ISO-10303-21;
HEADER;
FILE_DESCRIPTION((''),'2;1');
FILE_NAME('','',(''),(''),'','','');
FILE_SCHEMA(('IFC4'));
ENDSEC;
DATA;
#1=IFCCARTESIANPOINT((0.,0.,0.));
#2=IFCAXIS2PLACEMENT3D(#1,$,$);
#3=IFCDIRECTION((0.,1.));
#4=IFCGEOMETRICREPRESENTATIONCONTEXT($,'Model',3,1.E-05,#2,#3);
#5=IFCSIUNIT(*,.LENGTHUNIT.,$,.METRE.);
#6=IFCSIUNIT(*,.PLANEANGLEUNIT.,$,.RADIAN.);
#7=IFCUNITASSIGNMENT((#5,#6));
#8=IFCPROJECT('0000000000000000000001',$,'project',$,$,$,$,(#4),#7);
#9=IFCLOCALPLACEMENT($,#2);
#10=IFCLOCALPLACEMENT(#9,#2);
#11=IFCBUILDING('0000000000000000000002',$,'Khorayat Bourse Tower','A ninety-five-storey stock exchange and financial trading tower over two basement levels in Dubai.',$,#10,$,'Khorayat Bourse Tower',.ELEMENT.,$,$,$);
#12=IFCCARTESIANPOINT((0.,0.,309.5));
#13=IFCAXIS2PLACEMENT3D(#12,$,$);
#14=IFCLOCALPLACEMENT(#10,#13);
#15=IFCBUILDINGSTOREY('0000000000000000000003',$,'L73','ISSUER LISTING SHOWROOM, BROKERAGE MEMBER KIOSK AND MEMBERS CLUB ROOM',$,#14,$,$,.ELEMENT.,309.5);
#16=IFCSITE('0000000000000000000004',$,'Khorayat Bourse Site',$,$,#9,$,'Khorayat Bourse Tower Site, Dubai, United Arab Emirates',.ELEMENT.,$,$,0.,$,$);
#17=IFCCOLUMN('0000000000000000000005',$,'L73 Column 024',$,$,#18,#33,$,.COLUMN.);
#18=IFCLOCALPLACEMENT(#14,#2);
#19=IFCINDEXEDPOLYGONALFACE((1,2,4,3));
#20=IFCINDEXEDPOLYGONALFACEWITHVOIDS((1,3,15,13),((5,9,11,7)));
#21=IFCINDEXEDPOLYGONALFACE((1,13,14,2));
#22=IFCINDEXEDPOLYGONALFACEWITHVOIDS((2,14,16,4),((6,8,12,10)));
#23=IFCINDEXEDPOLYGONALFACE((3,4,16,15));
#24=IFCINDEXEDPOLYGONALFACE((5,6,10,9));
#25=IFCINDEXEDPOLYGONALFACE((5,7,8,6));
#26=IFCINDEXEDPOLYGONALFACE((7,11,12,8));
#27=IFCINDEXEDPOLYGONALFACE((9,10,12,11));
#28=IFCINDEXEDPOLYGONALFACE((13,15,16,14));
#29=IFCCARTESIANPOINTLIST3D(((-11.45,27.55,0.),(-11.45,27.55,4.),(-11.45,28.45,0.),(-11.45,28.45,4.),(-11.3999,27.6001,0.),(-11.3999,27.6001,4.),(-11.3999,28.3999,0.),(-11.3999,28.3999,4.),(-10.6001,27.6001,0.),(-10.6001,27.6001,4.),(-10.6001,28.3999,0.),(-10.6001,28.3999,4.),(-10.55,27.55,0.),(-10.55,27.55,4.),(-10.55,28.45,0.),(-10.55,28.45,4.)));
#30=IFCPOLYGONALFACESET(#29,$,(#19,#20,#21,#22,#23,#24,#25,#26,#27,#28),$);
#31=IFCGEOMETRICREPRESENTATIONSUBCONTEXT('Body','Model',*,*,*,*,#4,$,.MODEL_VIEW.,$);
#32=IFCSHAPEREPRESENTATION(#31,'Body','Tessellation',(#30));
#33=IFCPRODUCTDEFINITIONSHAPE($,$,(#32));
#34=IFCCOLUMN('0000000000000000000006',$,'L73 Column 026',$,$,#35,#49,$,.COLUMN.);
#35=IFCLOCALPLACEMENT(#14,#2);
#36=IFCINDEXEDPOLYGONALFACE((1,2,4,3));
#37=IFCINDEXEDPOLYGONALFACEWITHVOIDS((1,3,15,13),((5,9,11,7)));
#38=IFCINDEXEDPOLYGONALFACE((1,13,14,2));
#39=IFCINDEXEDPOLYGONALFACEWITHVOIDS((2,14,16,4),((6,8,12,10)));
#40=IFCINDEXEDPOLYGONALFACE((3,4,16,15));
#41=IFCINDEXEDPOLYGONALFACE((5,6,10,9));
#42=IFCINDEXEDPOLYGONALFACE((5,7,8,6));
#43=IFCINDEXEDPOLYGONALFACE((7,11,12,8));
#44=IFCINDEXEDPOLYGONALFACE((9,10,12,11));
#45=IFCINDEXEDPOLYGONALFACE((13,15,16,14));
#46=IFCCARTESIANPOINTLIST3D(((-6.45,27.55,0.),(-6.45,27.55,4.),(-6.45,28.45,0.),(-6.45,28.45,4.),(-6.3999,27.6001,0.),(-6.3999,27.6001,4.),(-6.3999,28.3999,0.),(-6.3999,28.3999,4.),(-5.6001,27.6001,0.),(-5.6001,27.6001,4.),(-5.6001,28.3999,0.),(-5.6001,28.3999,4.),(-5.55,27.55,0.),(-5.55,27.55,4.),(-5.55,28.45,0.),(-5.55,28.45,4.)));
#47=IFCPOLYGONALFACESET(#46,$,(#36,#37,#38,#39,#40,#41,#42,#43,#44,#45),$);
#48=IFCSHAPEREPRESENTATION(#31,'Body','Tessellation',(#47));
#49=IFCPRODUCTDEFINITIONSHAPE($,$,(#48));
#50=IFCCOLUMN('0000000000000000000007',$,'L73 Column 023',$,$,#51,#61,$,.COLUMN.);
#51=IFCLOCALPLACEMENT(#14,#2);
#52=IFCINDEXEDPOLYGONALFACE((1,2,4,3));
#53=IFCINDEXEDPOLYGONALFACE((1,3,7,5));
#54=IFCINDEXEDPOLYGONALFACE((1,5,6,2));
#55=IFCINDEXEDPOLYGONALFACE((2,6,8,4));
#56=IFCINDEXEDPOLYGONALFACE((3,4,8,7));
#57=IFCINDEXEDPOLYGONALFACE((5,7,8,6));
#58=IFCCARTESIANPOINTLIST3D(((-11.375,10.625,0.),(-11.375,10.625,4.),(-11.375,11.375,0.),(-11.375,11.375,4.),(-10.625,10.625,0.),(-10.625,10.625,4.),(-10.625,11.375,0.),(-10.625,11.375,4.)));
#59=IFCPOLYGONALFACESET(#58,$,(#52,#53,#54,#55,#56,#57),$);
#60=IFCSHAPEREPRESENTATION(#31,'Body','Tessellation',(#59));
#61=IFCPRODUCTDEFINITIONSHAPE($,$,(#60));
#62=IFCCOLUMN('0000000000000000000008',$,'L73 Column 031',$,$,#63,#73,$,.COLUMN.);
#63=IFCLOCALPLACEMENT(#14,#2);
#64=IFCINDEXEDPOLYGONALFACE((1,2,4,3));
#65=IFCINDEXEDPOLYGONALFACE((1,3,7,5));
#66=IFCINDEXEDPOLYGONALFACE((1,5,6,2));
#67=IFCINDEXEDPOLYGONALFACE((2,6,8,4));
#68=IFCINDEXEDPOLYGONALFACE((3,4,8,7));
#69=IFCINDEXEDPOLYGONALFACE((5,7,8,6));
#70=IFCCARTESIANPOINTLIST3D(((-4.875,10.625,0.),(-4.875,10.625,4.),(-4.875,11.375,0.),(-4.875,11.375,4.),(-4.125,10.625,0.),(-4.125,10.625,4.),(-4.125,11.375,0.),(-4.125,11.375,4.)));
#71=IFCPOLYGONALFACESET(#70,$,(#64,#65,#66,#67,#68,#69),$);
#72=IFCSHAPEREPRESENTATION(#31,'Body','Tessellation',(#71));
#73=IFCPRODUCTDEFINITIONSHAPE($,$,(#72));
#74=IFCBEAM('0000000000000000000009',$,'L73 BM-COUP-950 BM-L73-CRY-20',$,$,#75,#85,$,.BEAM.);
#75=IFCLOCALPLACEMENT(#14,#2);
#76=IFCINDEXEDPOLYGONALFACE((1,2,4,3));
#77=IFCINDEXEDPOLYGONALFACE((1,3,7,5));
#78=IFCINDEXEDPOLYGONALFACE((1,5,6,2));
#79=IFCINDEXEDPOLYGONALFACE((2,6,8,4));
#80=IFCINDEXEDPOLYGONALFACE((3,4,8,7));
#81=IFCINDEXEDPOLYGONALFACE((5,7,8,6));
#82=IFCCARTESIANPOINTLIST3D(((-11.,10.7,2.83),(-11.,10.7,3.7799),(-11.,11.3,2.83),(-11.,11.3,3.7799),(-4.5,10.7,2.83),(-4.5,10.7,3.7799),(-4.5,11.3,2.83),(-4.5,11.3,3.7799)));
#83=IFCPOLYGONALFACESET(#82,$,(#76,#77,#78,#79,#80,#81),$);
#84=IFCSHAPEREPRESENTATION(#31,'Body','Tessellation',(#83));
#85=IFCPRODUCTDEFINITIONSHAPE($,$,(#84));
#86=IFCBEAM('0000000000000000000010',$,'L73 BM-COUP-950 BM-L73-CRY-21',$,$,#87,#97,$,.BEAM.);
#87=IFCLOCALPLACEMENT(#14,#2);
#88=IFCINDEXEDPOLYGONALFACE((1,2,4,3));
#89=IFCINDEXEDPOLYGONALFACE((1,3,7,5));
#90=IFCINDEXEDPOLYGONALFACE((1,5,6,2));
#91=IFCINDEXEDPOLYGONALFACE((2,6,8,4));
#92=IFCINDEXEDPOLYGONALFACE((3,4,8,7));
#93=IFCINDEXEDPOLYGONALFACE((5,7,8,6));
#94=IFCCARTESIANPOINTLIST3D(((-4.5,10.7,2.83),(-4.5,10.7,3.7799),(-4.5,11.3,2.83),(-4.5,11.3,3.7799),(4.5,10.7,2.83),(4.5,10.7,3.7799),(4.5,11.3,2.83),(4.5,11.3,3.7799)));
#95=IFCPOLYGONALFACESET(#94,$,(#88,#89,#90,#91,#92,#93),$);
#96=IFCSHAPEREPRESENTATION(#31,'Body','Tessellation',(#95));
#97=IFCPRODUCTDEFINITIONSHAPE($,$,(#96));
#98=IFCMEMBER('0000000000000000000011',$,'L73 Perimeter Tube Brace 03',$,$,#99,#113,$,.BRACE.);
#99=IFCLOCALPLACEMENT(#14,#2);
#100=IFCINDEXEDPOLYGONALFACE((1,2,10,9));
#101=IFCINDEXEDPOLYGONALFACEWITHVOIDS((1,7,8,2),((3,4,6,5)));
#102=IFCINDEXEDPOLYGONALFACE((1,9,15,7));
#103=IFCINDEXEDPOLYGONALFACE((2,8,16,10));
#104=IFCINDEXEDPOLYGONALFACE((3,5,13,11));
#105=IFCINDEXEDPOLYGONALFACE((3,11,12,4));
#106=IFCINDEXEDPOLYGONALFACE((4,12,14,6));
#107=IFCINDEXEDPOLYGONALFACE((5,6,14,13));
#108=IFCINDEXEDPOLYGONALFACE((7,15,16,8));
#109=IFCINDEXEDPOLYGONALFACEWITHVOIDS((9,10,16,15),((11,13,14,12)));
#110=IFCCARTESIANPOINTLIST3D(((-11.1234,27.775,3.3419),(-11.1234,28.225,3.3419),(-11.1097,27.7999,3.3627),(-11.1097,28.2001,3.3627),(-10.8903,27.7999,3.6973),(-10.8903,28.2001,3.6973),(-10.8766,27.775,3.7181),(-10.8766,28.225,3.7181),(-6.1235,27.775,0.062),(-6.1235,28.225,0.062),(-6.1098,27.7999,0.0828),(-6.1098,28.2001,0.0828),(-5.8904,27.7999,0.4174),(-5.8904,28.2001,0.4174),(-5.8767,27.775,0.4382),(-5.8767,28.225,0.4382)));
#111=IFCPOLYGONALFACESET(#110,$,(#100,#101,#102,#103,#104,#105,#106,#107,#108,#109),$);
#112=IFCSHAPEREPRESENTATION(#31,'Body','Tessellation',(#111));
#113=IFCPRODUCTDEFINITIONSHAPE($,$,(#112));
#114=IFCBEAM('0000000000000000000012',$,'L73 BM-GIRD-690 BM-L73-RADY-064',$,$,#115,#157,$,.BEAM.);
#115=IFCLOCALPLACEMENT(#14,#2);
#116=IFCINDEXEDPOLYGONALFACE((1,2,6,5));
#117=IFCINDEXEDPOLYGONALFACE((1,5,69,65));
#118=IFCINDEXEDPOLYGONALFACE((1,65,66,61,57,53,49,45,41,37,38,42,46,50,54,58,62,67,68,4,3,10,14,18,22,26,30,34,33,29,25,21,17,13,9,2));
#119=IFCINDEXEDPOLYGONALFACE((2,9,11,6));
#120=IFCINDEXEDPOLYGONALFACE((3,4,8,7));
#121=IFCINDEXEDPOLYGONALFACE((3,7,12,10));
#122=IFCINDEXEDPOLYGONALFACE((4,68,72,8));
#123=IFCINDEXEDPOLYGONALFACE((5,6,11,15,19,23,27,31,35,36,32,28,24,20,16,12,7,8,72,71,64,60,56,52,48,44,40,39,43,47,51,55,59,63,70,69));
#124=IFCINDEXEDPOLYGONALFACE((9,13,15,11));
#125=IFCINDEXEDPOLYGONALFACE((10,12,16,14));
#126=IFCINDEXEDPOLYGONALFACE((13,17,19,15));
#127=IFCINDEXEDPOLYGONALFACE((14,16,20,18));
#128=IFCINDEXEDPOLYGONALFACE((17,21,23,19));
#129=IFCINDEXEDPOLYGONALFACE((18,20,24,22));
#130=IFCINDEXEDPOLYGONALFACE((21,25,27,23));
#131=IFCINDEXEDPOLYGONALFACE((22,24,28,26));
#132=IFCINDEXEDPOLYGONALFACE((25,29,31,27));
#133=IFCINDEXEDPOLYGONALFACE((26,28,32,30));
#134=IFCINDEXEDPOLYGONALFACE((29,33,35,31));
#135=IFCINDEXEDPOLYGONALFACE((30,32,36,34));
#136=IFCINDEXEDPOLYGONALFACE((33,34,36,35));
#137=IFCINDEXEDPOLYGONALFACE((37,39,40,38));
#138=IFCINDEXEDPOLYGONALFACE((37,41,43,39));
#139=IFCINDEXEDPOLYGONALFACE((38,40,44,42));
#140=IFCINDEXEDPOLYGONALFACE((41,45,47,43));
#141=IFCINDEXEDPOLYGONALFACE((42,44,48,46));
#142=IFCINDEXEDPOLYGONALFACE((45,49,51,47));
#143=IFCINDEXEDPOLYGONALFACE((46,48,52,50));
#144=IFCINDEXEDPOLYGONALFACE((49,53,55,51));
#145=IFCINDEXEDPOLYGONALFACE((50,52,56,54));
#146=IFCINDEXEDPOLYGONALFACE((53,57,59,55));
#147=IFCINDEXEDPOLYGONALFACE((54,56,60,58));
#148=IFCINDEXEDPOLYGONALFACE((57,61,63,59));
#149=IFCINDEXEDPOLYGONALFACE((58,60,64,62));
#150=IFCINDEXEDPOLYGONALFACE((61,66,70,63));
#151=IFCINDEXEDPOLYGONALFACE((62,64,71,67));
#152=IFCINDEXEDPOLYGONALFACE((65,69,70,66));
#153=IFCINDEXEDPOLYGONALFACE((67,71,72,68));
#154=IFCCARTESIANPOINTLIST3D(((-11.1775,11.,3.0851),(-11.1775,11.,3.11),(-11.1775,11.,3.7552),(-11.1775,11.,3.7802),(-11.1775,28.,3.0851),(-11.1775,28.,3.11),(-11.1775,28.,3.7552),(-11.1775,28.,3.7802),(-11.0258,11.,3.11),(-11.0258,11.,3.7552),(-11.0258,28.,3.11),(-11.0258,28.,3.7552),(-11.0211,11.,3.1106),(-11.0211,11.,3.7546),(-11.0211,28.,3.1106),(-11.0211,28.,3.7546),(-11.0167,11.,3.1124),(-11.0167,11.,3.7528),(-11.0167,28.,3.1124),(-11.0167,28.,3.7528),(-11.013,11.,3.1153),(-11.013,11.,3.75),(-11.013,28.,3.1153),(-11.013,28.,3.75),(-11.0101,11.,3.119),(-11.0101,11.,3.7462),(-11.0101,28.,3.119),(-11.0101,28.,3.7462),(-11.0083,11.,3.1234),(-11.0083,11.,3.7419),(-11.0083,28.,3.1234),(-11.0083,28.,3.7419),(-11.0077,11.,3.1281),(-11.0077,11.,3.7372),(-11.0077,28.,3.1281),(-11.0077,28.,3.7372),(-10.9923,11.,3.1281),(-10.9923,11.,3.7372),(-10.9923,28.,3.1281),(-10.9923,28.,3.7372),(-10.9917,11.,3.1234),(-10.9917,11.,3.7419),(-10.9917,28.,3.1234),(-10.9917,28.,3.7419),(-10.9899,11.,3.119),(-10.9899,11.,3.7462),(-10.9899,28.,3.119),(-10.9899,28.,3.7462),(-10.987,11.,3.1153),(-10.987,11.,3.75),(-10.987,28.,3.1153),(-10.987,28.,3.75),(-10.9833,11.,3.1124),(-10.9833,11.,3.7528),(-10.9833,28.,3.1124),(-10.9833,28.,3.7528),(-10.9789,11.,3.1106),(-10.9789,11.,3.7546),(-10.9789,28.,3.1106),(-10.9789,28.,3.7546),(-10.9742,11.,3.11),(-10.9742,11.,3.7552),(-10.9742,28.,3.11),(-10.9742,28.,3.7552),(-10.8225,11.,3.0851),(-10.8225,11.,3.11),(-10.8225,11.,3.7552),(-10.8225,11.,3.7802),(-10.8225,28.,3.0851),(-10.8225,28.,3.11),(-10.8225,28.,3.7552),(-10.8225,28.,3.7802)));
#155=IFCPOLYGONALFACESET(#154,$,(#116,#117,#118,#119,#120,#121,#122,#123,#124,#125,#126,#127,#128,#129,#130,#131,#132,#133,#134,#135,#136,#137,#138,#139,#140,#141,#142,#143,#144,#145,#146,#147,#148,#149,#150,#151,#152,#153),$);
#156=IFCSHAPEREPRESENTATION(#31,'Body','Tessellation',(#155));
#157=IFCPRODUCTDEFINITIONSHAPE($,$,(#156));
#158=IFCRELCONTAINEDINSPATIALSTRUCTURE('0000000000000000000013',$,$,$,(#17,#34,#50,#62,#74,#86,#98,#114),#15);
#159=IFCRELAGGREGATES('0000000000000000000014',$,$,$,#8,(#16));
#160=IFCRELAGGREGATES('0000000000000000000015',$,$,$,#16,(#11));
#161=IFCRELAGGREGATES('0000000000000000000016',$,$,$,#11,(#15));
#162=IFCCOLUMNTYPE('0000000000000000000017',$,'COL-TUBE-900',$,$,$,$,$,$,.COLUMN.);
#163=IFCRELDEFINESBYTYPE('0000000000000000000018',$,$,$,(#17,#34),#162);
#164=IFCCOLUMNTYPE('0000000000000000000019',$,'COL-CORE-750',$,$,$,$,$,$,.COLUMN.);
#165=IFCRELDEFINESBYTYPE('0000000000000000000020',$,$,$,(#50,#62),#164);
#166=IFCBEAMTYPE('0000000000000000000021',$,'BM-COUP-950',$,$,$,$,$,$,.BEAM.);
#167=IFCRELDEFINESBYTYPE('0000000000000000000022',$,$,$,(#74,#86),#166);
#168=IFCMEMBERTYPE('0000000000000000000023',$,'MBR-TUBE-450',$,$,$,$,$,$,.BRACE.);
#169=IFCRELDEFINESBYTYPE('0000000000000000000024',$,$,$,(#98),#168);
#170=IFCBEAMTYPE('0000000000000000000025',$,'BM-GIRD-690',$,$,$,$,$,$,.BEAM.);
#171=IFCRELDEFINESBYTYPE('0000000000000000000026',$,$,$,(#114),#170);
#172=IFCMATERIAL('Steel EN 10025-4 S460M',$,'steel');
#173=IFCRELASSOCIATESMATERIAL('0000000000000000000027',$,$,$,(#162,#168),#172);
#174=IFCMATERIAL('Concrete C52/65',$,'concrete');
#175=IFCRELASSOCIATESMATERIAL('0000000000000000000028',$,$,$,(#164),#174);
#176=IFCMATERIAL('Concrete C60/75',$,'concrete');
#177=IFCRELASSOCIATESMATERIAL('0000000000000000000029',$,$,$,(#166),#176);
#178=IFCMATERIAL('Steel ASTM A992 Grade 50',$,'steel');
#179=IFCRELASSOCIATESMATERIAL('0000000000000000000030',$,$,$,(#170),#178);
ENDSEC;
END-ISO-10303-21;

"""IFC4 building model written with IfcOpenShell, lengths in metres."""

from ifc_helpers import new_model, si_unit, direction, frame, origin, origin_2d, place, context, subcontext, project, spatial, rectangle, hollow_rectangle, i_section, extrude, source, transform, mapped, material, material_profile, profile_set, type_object, element, save


model = new_model("IFC4")

# Units and contexts
model_context = context("Model", 3, precision=1e-05, world=origin(), true_north=direction((0.0, 1.0)))
body_context = subcontext(model_context, "Body", "Model", "MODEL_VIEW")
ifc_project = project(units=[si_unit("LENGTHUNIT", "METRE"), si_unit("PLANEANGLEUNIT", "RADIAN")], contexts=[model_context])

# Site, building, storey
site_placement = place(None, origin())
site = spatial("IfcSite", under=ifc_project, at=site_placement, Name="Khorayat Bourse Site", LongName="Khorayat Bourse Tower Site, Dubai, United Arab Emirates", CompositionType="ELEMENT", RefElevation=0.0)
building_placement = place(site_placement, origin())
building = spatial("IfcBuilding", under=site, at=building_placement, Name="Khorayat Bourse Tower", Description="A ninety-five-storey stock exchange and financial trading tower over two basement levels in Dubai.", LongName="Khorayat Bourse Tower", CompositionType="ELEMENT")
storey_placement = place(building_placement, frame((0.0, 0.0, 309.5)))
storey = spatial("IfcBuildingStorey", under=building, at=storey_placement, Name="L73", Description="ISSUER LISTING SHOWROOM, BROKERAGE MEMBER KIOSK AND MEMBERS CLUB ROOM", CompositionType="ELEMENT", Elevation=309.5)

# Columns
ifc_material_1 = material(Name="Steel EN 10025-4 S460M", Category="steel")
ifc_material_profile_1 = material_profile(ifc_material_1, hollow_rectangle(XDim=0.8999, YDim=0.8999, WallThickness=0.05, at=origin_2d()), Name="BOX 900x900x50")
ifc_profile_set_1 = profile_set([ifc_material_profile_1], Name="Steel EN 10025-4 S460M")
column_type_1 = type_object("IfcColumnType", Name="COL-TUBE-900", PredefinedType="COLUMN", material=ifc_profile_set_1)
shared_shape_1 = source(origin(), body_context, "Body", "SweptSolid", [
    extrude(hollow_rectangle(XDim=0.8999, YDim=0.8999, WallThickness=0.05, at=origin_2d()), origin(), (0.0, 0.0, 1.0), 4.0),
])
for number, where, z_axis, x_axis, name in (
    (1, (-11.0, 28.0, 0.0), (0.0, 0.0, 1.0), (1.0, 0.0, 0.0), "L73 Column 024"),
    (2, (-6.0, 28.0, 0.0), (0.0, 0.0, 1.0), (1.0, 0.0, 0.0), "L73 Column 026"),
):
    element("IfcColumn", number, at=place(storey_placement, frame(where, z_axis=z_axis, x_axis=x_axis)), inside=storey, type_object=column_type_1, Name=name, PredefinedType="COLUMN", context=body_context, shape_type="MappedRepresentation", body=[
        mapped(shared_shape_1, transform((0.0, 0.0, 0.0), scale=1.0)),
    ])
ifc_material_2 = material(Name="Concrete C52/65", Category="concrete")
ifc_material_profile_2 = material_profile(ifc_material_2, rectangle(XDim=0.75, YDim=0.75, at=origin_2d()), Name="RC 750x750")
ifc_profile_set_2 = profile_set([ifc_material_profile_2], Name="Concrete C52/65")
column_type_2 = type_object("IfcColumnType", Name="COL-CORE-750", PredefinedType="COLUMN", material=ifc_profile_set_2)
shared_shape_2 = source(origin(), body_context, "Body", "SweptSolid", [
    extrude(rectangle(XDim=0.75, YDim=0.75, at=origin_2d()), origin(), (0.0, 0.0, 1.0), 4.0),
])
for number, where, z_axis, x_axis, name in (
    (3, (-11.0, 11.0, 0.0), (0.0, 0.0, 1.0), (1.0, 0.0, 0.0), "L73 Column 023"),
    (4, (-4.5, 11.0, 0.0), (0.0, 0.0, 1.0), (1.0, 0.0, 0.0), "L73 Column 031"),
):
    element("IfcColumn", number, at=place(storey_placement, frame(where, z_axis=z_axis, x_axis=x_axis)), inside=storey, type_object=column_type_2, Name=name, PredefinedType="COLUMN", context=body_context, shape_type="MappedRepresentation", body=[
        mapped(shared_shape_2, transform((0.0, 0.0, 0.0), scale=1.0)),
    ])

# Beams
ifc_material_3 = material(Name="Concrete C60/75", Category="concrete")
ifc_material_profile_3 = material_profile(ifc_material_3, rectangle(XDim=0.6001, YDim=0.95, at=origin_2d()), Name="RC 600x950")
ifc_profile_set_3 = profile_set([ifc_material_profile_3], Name="Concrete C60/75")
beam_type_1 = type_object("IfcBeamType", Name="BM-COUP-950", PredefinedType="BEAM", material=ifc_profile_set_3)
shared_shape_3 = source(origin(), body_context, "Body", "SweptSolid", [
    extrude(rectangle(XDim=0.6001, YDim=0.95, at=origin_2d()), origin(), (0.0, 0.0, 1.0), 6.5),
])
beam_1_placement = place(storey_placement, frame((-11.0, 11.0, 3.3049), z_axis=(1.0, 0.0, 0.0), x_axis=(0.0, 1.0, 0.0)))
element("IfcBeam", 5, at=beam_1_placement, inside=storey, type_object=beam_type_1, Name="L73 BM-COUP-950 BM-L73-CRY-20", PredefinedType="BEAM", context=body_context, shape_type="MappedRepresentation", body=[
    mapped(shared_shape_3, transform((0.0, 0.0, 0.0), scale=1.0)),
])
shared_shape_4 = source(origin(), body_context, "Body", "SweptSolid", [
    extrude(rectangle(XDim=0.6001, YDim=0.95, at=origin_2d()), origin(), (0.0, 0.0, 1.0), 9.0),
])
beam_2_placement = place(storey_placement, frame((-4.5, 11.0, 3.3049), z_axis=(1.0, 0.0, 0.0), x_axis=(0.0, 1.0, 0.0)))
element("IfcBeam", 6, at=beam_2_placement, inside=storey, type_object=beam_type_1, Name="L73 BM-COUP-950 BM-L73-CRY-21", PredefinedType="BEAM", context=body_context, shape_type="MappedRepresentation", body=[
    mapped(shared_shape_4, transform((0.0, 0.0, 0.0), scale=1.0)),
])

# Member
ifc_material_profile_4 = material_profile(ifc_material_1, hollow_rectangle(XDim=0.45, YDim=0.45, WallThickness=0.0249, at=origin_2d()), Name="HSS 450x450x25")
ifc_profile_set_4 = profile_set([ifc_material_profile_4], Name="Steel EN 10025-4 S460M")
member_type_1 = type_object("IfcMemberType", Name="MBR-TUBE-450", PredefinedType="BRACE", material=ifc_profile_set_4)
shared_shape_5 = source(origin(), body_context, "Body", "SweptSolid", [
    extrude(hollow_rectangle(XDim=0.45, YDim=0.45, WallThickness=0.0249, at=origin_2d()), origin(), (0.0, 0.0, 1.0), 5.9797),
])
member_1_placement = place(storey_placement, frame((-11.0, 28.0, 3.53), z_axis=(0.836142, 0.0, -0.548514), x_axis=(0.0, 1.0, 0.0)))
element("IfcMember", 7, at=member_1_placement, inside=storey, type_object=member_type_1, Name="L73 Perimeter Tube Brace 03", PredefinedType="BRACE", context=body_context, shape_type="MappedRepresentation", body=[
    mapped(shared_shape_5, transform((0.0, 0.0, 0.0), scale=1.0)),
])

# Beam
ifc_material_4 = material(Name="Steel ASTM A992 Grade 50", Category="steel")
ifc_material_profile_5 = material_profile(ifc_material_4, i_section(OverallWidth=0.355, OverallDepth=0.6951, WebThickness=0.0154, FlangeThickness=0.0249, FilletRadius=0.0181, at=origin_2d()), Name="W690X217")
ifc_profile_set_5 = profile_set([ifc_material_profile_5], Name="Steel ASTM A992 Grade 50")
beam_type_2 = type_object("IfcBeamType", Name="BM-GIRD-690", PredefinedType="BEAM", material=ifc_profile_set_5)
shared_shape_6 = source(origin(), body_context, "Body", "SweptSolid", [
    extrude(i_section(OverallWidth=0.355, OverallDepth=0.6951, WebThickness=0.0154, FlangeThickness=0.0249, FilletRadius=0.0181, at=origin_2d()), origin(), (0.0, 0.0, 1.0), 17.0),
])
for number, where, z_axis, x_axis, name in (
    (8, (-11.0, 11.0, 3.4326), (0.0, 1.0, 0.0), (-1.0, 0.0, 0.0), "L73 BM-GIRD-690 BM-L73-RADY-064"),
):
    element("IfcBeam", number, at=place(storey_placement, frame(where, z_axis=z_axis, x_axis=x_axis)), inside=storey, type_object=beam_type_2, Name=name, PredefinedType="BEAM", context=body_context, shape_type="MappedRepresentation", body=[
        mapped(shared_shape_6, transform((0.0, 0.0, 0.0), scale=1.0)),
    ])

save(model, "model.ifc")
